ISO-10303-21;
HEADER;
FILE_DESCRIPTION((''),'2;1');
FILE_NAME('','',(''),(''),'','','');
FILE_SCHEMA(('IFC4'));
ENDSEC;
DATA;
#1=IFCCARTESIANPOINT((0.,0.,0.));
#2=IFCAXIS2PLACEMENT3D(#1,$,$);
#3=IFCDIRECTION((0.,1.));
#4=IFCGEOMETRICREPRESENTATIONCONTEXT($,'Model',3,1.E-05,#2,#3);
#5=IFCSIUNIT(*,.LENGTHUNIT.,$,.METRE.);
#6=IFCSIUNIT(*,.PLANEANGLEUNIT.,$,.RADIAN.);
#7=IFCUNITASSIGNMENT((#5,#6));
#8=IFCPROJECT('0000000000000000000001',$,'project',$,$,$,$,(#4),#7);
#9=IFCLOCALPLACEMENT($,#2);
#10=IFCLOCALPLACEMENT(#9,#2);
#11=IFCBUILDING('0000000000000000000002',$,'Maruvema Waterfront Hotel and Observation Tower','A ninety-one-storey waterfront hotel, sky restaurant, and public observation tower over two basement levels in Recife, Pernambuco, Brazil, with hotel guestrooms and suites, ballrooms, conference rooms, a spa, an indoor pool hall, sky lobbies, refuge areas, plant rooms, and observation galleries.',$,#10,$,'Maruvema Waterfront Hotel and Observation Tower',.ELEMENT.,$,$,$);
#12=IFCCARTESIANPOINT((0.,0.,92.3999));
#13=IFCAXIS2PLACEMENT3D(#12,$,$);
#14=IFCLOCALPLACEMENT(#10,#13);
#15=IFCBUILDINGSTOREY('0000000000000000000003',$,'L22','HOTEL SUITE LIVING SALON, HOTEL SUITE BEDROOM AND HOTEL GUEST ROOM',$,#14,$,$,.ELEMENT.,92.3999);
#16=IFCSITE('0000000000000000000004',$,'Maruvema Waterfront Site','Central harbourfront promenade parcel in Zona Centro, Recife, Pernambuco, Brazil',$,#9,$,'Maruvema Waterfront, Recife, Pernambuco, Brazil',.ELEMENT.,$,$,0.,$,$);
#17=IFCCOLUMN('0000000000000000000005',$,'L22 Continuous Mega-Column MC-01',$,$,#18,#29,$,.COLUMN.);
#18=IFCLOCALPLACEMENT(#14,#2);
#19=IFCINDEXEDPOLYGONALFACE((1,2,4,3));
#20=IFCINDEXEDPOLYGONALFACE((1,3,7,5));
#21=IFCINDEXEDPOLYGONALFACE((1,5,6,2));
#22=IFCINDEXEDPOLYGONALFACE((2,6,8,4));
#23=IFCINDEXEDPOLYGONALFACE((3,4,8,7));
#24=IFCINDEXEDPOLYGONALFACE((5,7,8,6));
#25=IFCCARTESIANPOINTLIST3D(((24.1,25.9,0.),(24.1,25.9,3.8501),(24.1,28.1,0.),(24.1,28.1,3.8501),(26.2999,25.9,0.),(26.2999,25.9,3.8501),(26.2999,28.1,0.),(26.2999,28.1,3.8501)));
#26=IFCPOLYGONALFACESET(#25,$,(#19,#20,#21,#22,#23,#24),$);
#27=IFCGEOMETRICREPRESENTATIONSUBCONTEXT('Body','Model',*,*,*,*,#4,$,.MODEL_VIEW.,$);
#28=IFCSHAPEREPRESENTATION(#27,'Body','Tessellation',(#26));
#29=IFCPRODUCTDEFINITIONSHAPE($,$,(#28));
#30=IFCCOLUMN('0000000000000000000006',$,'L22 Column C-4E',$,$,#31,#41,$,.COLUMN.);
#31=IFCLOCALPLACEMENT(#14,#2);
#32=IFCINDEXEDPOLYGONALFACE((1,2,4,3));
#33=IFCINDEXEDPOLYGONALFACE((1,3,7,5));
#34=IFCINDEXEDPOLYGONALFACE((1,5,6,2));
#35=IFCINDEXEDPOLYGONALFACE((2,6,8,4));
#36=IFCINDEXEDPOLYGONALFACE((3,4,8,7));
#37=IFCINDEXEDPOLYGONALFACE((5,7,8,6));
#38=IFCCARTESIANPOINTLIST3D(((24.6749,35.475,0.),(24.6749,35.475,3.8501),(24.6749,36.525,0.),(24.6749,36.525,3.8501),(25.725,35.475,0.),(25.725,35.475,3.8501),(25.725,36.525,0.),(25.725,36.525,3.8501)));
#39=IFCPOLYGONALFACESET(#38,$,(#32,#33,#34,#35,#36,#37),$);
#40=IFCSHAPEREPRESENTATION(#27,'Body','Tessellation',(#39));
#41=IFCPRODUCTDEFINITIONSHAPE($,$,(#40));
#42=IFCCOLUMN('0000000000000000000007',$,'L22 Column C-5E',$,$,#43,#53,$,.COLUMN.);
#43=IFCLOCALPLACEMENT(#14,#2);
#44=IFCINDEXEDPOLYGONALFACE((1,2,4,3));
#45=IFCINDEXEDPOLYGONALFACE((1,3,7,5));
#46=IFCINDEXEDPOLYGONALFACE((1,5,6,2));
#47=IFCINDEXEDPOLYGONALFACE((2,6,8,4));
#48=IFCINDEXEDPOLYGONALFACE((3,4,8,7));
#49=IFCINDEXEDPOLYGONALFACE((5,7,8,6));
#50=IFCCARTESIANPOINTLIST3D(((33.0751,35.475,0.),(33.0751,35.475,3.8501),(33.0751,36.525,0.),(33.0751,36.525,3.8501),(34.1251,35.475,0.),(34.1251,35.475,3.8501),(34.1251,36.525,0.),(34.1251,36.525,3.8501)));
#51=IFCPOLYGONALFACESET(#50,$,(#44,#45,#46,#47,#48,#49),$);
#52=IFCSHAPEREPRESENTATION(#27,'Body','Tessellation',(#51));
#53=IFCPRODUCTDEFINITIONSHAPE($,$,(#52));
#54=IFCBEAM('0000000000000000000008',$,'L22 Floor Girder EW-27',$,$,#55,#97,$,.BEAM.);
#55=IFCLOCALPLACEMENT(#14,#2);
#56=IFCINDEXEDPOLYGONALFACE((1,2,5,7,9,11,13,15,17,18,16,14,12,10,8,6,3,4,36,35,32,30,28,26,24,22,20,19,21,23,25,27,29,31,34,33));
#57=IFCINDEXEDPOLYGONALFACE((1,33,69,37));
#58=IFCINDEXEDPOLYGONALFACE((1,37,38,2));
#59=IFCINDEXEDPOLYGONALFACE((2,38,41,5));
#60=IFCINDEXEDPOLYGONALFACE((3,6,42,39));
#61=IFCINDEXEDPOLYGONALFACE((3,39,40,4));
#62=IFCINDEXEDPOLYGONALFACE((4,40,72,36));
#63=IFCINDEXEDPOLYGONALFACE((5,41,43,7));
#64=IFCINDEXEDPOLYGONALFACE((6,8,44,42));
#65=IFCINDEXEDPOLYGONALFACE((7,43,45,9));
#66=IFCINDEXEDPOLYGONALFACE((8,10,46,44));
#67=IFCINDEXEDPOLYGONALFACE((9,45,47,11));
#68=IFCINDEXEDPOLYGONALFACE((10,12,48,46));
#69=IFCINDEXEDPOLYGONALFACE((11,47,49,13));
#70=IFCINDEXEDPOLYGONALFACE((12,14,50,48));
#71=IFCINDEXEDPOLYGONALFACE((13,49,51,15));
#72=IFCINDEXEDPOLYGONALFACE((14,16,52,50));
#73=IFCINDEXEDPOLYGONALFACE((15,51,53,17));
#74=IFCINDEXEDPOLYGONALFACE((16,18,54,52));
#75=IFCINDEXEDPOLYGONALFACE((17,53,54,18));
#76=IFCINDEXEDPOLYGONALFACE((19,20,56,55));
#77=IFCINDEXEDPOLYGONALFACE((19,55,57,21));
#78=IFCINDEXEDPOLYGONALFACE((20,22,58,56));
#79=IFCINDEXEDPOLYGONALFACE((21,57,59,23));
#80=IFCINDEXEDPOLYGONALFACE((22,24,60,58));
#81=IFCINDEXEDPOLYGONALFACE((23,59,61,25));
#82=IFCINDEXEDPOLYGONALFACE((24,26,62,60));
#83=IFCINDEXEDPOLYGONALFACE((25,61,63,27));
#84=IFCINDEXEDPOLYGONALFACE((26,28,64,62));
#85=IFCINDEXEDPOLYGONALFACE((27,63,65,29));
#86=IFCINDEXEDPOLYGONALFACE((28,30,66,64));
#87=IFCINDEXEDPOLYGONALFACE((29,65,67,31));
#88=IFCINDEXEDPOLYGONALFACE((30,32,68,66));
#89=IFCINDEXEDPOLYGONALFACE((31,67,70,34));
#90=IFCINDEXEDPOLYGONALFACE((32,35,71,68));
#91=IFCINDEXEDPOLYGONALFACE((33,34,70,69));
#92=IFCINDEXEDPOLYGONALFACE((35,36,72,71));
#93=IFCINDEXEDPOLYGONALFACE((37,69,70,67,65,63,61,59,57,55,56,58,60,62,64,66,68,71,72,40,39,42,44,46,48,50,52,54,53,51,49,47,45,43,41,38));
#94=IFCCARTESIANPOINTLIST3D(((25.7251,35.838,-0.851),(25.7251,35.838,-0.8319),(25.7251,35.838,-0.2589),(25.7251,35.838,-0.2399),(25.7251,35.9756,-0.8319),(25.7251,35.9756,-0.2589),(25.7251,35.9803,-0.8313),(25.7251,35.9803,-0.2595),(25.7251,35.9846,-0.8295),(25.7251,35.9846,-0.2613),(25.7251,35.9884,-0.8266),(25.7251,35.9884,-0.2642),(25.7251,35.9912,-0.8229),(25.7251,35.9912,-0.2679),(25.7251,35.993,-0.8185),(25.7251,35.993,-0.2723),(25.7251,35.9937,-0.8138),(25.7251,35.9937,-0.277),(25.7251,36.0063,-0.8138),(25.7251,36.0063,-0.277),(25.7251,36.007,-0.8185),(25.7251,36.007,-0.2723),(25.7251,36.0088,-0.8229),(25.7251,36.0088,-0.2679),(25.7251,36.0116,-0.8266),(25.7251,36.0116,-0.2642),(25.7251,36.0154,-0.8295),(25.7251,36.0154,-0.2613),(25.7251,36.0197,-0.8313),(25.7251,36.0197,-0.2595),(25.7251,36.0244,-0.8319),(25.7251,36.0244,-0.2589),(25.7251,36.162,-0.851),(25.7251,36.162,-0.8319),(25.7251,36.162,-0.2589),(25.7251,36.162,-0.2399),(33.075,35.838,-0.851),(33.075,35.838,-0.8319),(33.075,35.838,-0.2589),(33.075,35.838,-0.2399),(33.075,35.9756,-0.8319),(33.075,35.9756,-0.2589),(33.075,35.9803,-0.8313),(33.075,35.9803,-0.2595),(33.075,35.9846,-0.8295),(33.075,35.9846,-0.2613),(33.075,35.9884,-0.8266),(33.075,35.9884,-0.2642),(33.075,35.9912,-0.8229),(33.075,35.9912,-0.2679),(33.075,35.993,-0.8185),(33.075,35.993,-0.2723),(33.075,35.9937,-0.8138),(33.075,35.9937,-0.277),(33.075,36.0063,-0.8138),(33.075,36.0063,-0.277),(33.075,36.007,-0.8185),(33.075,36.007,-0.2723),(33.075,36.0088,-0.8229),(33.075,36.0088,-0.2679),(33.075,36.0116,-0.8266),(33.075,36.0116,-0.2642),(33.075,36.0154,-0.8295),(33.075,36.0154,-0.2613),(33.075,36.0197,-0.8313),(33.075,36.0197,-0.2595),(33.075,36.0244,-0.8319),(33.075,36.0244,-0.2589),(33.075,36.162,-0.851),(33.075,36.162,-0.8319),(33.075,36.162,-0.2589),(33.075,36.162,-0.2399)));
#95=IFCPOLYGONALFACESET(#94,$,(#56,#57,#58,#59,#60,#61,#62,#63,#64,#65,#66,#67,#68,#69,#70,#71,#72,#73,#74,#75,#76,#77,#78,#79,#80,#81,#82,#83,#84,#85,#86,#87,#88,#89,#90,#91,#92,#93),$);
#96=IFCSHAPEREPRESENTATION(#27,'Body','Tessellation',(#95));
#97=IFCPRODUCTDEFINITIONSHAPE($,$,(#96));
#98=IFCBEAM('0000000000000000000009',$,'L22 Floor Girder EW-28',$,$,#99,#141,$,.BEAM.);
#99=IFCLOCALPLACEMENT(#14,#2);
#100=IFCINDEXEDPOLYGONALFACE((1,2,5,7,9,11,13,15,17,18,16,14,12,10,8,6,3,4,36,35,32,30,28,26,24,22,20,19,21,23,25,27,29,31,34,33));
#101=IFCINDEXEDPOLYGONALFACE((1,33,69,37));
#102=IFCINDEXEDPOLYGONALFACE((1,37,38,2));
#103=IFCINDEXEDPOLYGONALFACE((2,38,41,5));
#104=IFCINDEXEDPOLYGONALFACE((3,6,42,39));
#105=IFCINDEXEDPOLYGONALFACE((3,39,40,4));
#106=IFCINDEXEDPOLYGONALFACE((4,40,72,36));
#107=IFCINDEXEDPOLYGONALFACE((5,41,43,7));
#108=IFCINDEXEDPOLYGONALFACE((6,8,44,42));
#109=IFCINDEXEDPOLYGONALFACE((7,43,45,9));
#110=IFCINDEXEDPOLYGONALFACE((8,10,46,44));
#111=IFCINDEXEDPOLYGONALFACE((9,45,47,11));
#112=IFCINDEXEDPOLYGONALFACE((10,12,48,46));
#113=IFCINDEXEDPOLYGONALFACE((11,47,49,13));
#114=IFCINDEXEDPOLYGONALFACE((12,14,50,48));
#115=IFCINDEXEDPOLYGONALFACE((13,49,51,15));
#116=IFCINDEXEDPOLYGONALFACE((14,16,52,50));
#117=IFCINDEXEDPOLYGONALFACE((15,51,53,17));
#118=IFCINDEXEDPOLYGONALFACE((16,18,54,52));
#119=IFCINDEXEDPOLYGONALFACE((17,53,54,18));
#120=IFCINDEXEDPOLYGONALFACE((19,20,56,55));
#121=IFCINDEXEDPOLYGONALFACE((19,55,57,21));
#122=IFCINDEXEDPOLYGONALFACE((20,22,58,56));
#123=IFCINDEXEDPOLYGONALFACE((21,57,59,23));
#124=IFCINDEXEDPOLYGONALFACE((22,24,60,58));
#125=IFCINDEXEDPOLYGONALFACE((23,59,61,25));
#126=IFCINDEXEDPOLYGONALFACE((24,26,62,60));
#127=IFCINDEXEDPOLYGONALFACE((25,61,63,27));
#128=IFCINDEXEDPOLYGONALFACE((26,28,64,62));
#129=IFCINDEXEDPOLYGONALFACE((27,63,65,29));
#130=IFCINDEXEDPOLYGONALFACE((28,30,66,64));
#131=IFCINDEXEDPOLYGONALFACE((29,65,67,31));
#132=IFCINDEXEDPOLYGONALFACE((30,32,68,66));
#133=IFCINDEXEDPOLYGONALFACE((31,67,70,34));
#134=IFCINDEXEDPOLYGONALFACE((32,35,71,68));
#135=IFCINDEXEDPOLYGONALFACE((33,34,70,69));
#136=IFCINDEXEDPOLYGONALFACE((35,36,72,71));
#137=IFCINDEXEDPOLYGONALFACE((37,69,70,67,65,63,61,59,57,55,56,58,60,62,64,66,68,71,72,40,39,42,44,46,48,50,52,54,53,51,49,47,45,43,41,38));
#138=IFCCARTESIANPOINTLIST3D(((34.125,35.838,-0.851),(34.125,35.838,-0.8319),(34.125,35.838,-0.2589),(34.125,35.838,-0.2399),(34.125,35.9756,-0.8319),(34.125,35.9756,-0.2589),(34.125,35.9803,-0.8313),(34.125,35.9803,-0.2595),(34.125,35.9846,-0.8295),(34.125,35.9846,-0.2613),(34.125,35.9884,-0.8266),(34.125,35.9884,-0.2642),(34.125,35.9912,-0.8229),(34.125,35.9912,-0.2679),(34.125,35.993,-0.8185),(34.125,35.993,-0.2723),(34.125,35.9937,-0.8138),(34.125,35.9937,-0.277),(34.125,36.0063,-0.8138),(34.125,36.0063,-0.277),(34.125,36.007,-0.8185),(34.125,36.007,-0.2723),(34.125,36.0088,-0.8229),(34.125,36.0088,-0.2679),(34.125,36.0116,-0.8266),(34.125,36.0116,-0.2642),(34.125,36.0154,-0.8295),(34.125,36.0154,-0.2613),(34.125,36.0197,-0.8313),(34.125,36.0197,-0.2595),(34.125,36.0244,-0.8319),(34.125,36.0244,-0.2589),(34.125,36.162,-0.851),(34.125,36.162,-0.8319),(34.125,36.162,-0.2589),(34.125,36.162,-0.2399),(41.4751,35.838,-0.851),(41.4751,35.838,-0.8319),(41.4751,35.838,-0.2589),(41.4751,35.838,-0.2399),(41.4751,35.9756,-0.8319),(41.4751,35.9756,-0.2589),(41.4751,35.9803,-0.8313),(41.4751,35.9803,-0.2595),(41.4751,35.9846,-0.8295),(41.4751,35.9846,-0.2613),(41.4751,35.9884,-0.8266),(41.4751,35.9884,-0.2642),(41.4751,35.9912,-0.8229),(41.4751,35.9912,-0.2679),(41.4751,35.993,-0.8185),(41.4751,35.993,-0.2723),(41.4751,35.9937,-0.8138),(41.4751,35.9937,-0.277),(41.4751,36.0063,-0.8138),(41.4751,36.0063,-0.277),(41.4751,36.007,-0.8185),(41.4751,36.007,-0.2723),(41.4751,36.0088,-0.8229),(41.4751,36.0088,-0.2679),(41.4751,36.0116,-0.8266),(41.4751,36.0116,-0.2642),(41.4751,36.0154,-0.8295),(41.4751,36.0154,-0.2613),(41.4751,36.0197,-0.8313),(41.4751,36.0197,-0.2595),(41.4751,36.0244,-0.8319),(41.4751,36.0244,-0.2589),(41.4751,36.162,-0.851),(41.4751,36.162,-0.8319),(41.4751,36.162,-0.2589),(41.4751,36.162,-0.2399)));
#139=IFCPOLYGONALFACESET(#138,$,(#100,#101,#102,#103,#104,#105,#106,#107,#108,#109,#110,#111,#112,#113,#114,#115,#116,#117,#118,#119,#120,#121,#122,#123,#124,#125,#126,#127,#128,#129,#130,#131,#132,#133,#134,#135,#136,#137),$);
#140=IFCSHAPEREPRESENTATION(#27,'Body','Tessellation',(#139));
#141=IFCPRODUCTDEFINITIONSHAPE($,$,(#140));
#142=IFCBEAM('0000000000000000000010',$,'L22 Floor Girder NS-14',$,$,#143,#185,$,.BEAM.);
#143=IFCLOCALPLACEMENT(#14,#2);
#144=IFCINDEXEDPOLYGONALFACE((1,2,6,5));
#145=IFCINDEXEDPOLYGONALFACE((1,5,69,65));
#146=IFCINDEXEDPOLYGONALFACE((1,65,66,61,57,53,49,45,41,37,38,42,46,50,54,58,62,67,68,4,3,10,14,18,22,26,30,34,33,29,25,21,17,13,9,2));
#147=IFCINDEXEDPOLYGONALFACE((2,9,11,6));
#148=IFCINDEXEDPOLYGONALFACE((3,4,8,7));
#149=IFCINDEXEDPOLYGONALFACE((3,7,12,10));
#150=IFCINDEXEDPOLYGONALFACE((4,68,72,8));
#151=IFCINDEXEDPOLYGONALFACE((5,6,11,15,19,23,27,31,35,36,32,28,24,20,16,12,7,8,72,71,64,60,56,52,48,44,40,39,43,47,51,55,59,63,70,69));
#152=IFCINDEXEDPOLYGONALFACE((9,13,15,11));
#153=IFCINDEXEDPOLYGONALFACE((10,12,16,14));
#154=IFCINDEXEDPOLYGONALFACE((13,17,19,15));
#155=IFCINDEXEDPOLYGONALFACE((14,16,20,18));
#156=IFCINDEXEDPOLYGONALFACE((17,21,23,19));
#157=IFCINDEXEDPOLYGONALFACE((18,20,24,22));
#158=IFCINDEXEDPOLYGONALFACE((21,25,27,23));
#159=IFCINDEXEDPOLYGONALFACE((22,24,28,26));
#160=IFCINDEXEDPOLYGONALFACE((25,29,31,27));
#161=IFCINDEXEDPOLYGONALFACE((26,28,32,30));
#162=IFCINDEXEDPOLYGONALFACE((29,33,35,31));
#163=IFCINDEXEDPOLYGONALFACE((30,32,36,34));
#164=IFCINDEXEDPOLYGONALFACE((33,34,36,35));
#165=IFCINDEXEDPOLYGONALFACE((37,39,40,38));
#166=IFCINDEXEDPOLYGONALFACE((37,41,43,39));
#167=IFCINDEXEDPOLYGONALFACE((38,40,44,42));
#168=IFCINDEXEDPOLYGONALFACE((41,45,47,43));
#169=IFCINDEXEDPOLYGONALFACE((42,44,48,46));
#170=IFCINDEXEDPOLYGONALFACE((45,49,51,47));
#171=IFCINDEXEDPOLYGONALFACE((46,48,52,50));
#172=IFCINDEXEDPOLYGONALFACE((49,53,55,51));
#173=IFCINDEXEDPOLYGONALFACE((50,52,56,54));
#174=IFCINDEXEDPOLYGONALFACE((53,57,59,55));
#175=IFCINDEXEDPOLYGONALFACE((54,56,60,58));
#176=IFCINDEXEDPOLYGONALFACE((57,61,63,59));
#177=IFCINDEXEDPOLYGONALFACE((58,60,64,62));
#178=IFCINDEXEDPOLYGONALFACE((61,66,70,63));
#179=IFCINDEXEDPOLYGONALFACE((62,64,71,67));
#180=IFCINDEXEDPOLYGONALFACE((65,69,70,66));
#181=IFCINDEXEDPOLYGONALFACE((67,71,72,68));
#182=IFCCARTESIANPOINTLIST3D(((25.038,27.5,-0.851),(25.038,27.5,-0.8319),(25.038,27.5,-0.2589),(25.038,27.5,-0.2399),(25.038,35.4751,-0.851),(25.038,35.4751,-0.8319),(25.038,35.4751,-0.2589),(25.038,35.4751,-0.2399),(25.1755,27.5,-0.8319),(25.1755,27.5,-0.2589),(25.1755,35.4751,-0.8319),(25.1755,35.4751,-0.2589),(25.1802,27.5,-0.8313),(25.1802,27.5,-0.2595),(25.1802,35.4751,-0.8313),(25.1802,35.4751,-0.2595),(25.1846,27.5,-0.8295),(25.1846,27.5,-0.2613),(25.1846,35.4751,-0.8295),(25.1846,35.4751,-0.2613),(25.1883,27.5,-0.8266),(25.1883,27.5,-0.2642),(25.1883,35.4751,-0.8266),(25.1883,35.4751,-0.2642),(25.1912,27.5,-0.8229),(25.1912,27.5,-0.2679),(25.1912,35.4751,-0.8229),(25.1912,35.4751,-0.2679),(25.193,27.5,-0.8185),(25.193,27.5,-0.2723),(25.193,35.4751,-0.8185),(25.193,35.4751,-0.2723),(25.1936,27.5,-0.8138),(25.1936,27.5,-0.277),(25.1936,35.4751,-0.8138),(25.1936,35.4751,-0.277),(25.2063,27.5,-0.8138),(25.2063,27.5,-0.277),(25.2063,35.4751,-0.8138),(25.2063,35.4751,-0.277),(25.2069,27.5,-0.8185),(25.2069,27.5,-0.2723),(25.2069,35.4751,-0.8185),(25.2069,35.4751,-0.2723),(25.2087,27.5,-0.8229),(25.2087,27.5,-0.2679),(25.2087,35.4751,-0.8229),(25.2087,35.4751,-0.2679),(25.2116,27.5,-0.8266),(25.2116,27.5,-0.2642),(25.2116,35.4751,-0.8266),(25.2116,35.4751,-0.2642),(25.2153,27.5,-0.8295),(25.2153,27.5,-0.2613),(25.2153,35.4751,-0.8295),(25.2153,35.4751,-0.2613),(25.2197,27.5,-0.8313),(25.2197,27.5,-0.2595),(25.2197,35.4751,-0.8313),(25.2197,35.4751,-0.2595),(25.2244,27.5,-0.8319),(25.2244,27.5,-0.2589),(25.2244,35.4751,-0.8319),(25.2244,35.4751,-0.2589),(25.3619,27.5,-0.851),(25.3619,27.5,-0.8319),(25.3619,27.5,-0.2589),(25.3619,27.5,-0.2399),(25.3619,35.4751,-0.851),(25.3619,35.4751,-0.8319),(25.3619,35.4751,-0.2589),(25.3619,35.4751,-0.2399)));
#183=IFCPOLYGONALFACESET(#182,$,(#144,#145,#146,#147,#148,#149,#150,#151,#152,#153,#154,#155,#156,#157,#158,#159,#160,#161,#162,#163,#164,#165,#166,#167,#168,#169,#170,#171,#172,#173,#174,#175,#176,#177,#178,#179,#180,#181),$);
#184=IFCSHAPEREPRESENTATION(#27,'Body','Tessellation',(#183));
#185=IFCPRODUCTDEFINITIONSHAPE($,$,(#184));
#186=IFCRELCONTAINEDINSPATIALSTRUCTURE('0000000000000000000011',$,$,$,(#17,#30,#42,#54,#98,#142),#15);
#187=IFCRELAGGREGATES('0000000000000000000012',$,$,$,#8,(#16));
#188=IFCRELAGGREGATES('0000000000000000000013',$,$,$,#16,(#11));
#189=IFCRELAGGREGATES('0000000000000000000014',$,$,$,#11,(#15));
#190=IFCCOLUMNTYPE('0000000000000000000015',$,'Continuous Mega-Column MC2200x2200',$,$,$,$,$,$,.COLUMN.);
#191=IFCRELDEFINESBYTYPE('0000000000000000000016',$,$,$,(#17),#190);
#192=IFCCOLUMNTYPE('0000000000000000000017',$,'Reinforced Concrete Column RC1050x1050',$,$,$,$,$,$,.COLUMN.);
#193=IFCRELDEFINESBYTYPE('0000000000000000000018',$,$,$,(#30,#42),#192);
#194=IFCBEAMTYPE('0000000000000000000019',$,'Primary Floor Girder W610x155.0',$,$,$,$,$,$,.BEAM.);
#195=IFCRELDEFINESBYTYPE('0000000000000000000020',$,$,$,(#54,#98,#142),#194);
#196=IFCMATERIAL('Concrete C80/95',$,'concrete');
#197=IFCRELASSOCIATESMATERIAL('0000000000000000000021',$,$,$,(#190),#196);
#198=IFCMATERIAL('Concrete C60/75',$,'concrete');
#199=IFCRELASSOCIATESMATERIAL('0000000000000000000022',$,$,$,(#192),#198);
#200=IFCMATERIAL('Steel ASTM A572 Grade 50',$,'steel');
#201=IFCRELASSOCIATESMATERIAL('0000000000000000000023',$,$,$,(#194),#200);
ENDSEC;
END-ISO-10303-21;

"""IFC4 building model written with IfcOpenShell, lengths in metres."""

from ifc_helpers import new_model, si_unit, direction, frame, origin, origin_2d, place, context, subcontext, project, spatial, rectangle, i_section, extrude, material, material_profile, profile_set, type_object, element, save


model = new_model("IFC4")

# Units and contexts
model_context = context("Model", 3, precision=1e-05, world=origin(), true_north=direction((0.0, 1.0)))
body_context = subcontext(model_context, "Body", "Model", "MODEL_VIEW")
ifc_project = project(units=[si_unit("LENGTHUNIT", "METRE"), si_unit("PLANEANGLEUNIT", "RADIAN")], contexts=[model_context])

# Site, building, storey
site_placement = place(None, origin())
site = spatial("IfcSite", under=ifc_project, at=site_placement, Name="Maruvema Waterfront Site", Description="Central harbourfront promenade parcel in Zona Centro, Recife, Pernambuco, Brazil", LongName="Maruvema Waterfront, Recife, Pernambuco, Brazil", CompositionType="ELEMENT", RefElevation=0.0)
building_placement = place(site_placement, origin())
building = spatial("IfcBuilding", under=site, at=building_placement, Name="Maruvema Waterfront Hotel and Observation Tower", Description="A ninety-one-storey waterfront hotel, sky restaurant, and public observation tower over two basement levels in Recife, Pernambuco, Brazil, with hotel guestrooms and suites, ballrooms, conference rooms, a spa, an indoor pool hall, sky lobbies, refuge areas, plant rooms, and observation galleries.", LongName="Maruvema Waterfront Hotel and Observation Tower", CompositionType="ELEMENT")
storey_placement = place(building_placement, frame((0.0, 0.0, 92.3999)))
storey = spatial("IfcBuildingStorey", under=building, at=storey_placement, Name="L22", Description="HOTEL SUITE LIVING SALON, HOTEL SUITE BEDROOM AND HOTEL GUEST ROOM", CompositionType="ELEMENT", Elevation=92.3999)

# Columns
ifc_material_1 = material(Name="Concrete C80/95", Category="concrete")
ifc_material_profile_1 = material_profile(ifc_material_1, rectangle(XDim=2.2, YDim=2.2, at=origin_2d()), Name="MC2200x2200")
ifc_profile_set_1 = profile_set([ifc_material_profile_1], Name="Concrete C80/95")
column_type_1 = type_object("IfcColumnType", Name="Continuous Mega-Column MC2200x2200", PredefinedType="COLUMN", material=ifc_profile_set_1)
column_placement = place(storey_placement, frame((25.2, 27.0, 0.0), z_axis=(0.0, 0.0, 1.0), x_axis=(1.0, 0.0, 0.0)))
element("IfcColumn", 1, at=column_placement, inside=storey, type_object=column_type_1, Name="L22 Continuous Mega-Column MC-01", PredefinedType="COLUMN", context=body_context, shape_type="SweptSolid", body=[
    extrude(rectangle(XDim=2.2, YDim=2.2, at=origin_2d()), origin(), (0.0, 0.0, 1.0), 3.8501),
])
ifc_material_2 = material(Name="Concrete C60/75", Category="concrete")
ifc_material_profile_2 = material_profile(ifc_material_2, rectangle(XDim=1.05, YDim=1.05, at=origin_2d()), Name="RC1050x1050")
ifc_profile_set_2 = profile_set([ifc_material_profile_2], Name="Concrete C60/75")
column_type_2 = type_object("IfcColumnType", Name="Reinforced Concrete Column RC1050x1050", PredefinedType="COLUMN", material=ifc_profile_set_2)
for number, where, z_axis, x_axis, name in (
    (2, (25.2, 36.0, 0.0), (0.0, 0.0, 1.0), (1.0, 0.0, 0.0), "L22 Column C-4E"),
    (3, (33.6001, 36.0, 0.0), (0.0, 0.0, 1.0), (1.0, 0.0, 0.0), "L22 Column C-5E"),
):
    element("IfcColumn", number, at=place(storey_placement, frame(where, z_axis=z_axis, x_axis=x_axis)), inside=storey, type_object=column_type_2, Name=name, PredefinedType="COLUMN", context=body_context, shape_type="SweptSolid", body=[
        extrude(rectangle(XDim=1.05, YDim=1.05, at=origin_2d()), origin(), (0.0, 0.0, 1.0), 3.8501),
    ])

# Beams
ifc_material_3 = material(Name="Steel ASTM A572 Grade 50", Category="steel")
ifc_material_profile_3 = material_profile(ifc_material_3, i_section(OverallWidth=0.324, OverallDepth=0.6111, WebThickness=0.0127, FlangeThickness=0.019, FilletRadius=0.0181, at=origin_2d()), Name="W610x155.0")
ifc_profile_set_3 = profile_set([ifc_material_profile_3], Name="Steel ASTM A572 Grade 50")
beam_type_1 = type_object("IfcBeamType", Name="Primary Floor Girder W610x155.0", PredefinedType="BEAM", material=ifc_profile_set_3)
beam_1_placement = place(storey_placement, frame((25.7251, 36.0, -0.5454), z_axis=(1.0, 0.0, 0.0), x_axis=(0.0, 1.0, 0.0)))
element("IfcBeam", 4, at=beam_1_placement, inside=storey, type_object=beam_type_1, Name="L22 Floor Girder EW-27", PredefinedType="BEAM", context=body_context, shape_type="SweptSolid", body=[
    extrude(i_section(OverallWidth=0.324, OverallDepth=0.6111, WebThickness=0.0127, FlangeThickness=0.019, FilletRadius=0.0181, at=origin_2d()), origin(), (0.0, 0.0, 1.0), 7.3499),
])
beam_2_placement = place(storey_placement, frame((34.125, 36.0, -0.5454), z_axis=(1.0, 0.0, 0.0), x_axis=(0.0, 1.0, 0.0)))
element("IfcBeam", 5, at=beam_2_placement, inside=storey, type_object=beam_type_1, Name="L22 Floor Girder EW-28", PredefinedType="BEAM", context=body_context, shape_type="SweptSolid", body=[
    extrude(i_section(OverallWidth=0.324, OverallDepth=0.6111, WebThickness=0.0127, FlangeThickness=0.019, FilletRadius=0.0181, at=origin_2d()), origin(), (0.0, 0.0, 1.0), 7.3501),
])
beam_3_placement = place(storey_placement, frame((25.2, 27.5, -0.5454), z_axis=(0.0, 1.0, 0.0), x_axis=(-1.0, 0.0, 0.0)))
element("IfcBeam", 6, at=beam_3_placement, inside=storey, type_object=beam_type_1, Name="L22 Floor Girder NS-14", PredefinedType="BEAM", context=body_context, shape_type="SweptSolid", body=[
    extrude(i_section(OverallWidth=0.324, OverallDepth=0.6111, WebThickness=0.0127, FlangeThickness=0.019, FilletRadius=0.0181, at=origin_2d()), origin(), (0.0, 0.0, 1.0), 7.9751),
])

save(model, "model.ifc")
